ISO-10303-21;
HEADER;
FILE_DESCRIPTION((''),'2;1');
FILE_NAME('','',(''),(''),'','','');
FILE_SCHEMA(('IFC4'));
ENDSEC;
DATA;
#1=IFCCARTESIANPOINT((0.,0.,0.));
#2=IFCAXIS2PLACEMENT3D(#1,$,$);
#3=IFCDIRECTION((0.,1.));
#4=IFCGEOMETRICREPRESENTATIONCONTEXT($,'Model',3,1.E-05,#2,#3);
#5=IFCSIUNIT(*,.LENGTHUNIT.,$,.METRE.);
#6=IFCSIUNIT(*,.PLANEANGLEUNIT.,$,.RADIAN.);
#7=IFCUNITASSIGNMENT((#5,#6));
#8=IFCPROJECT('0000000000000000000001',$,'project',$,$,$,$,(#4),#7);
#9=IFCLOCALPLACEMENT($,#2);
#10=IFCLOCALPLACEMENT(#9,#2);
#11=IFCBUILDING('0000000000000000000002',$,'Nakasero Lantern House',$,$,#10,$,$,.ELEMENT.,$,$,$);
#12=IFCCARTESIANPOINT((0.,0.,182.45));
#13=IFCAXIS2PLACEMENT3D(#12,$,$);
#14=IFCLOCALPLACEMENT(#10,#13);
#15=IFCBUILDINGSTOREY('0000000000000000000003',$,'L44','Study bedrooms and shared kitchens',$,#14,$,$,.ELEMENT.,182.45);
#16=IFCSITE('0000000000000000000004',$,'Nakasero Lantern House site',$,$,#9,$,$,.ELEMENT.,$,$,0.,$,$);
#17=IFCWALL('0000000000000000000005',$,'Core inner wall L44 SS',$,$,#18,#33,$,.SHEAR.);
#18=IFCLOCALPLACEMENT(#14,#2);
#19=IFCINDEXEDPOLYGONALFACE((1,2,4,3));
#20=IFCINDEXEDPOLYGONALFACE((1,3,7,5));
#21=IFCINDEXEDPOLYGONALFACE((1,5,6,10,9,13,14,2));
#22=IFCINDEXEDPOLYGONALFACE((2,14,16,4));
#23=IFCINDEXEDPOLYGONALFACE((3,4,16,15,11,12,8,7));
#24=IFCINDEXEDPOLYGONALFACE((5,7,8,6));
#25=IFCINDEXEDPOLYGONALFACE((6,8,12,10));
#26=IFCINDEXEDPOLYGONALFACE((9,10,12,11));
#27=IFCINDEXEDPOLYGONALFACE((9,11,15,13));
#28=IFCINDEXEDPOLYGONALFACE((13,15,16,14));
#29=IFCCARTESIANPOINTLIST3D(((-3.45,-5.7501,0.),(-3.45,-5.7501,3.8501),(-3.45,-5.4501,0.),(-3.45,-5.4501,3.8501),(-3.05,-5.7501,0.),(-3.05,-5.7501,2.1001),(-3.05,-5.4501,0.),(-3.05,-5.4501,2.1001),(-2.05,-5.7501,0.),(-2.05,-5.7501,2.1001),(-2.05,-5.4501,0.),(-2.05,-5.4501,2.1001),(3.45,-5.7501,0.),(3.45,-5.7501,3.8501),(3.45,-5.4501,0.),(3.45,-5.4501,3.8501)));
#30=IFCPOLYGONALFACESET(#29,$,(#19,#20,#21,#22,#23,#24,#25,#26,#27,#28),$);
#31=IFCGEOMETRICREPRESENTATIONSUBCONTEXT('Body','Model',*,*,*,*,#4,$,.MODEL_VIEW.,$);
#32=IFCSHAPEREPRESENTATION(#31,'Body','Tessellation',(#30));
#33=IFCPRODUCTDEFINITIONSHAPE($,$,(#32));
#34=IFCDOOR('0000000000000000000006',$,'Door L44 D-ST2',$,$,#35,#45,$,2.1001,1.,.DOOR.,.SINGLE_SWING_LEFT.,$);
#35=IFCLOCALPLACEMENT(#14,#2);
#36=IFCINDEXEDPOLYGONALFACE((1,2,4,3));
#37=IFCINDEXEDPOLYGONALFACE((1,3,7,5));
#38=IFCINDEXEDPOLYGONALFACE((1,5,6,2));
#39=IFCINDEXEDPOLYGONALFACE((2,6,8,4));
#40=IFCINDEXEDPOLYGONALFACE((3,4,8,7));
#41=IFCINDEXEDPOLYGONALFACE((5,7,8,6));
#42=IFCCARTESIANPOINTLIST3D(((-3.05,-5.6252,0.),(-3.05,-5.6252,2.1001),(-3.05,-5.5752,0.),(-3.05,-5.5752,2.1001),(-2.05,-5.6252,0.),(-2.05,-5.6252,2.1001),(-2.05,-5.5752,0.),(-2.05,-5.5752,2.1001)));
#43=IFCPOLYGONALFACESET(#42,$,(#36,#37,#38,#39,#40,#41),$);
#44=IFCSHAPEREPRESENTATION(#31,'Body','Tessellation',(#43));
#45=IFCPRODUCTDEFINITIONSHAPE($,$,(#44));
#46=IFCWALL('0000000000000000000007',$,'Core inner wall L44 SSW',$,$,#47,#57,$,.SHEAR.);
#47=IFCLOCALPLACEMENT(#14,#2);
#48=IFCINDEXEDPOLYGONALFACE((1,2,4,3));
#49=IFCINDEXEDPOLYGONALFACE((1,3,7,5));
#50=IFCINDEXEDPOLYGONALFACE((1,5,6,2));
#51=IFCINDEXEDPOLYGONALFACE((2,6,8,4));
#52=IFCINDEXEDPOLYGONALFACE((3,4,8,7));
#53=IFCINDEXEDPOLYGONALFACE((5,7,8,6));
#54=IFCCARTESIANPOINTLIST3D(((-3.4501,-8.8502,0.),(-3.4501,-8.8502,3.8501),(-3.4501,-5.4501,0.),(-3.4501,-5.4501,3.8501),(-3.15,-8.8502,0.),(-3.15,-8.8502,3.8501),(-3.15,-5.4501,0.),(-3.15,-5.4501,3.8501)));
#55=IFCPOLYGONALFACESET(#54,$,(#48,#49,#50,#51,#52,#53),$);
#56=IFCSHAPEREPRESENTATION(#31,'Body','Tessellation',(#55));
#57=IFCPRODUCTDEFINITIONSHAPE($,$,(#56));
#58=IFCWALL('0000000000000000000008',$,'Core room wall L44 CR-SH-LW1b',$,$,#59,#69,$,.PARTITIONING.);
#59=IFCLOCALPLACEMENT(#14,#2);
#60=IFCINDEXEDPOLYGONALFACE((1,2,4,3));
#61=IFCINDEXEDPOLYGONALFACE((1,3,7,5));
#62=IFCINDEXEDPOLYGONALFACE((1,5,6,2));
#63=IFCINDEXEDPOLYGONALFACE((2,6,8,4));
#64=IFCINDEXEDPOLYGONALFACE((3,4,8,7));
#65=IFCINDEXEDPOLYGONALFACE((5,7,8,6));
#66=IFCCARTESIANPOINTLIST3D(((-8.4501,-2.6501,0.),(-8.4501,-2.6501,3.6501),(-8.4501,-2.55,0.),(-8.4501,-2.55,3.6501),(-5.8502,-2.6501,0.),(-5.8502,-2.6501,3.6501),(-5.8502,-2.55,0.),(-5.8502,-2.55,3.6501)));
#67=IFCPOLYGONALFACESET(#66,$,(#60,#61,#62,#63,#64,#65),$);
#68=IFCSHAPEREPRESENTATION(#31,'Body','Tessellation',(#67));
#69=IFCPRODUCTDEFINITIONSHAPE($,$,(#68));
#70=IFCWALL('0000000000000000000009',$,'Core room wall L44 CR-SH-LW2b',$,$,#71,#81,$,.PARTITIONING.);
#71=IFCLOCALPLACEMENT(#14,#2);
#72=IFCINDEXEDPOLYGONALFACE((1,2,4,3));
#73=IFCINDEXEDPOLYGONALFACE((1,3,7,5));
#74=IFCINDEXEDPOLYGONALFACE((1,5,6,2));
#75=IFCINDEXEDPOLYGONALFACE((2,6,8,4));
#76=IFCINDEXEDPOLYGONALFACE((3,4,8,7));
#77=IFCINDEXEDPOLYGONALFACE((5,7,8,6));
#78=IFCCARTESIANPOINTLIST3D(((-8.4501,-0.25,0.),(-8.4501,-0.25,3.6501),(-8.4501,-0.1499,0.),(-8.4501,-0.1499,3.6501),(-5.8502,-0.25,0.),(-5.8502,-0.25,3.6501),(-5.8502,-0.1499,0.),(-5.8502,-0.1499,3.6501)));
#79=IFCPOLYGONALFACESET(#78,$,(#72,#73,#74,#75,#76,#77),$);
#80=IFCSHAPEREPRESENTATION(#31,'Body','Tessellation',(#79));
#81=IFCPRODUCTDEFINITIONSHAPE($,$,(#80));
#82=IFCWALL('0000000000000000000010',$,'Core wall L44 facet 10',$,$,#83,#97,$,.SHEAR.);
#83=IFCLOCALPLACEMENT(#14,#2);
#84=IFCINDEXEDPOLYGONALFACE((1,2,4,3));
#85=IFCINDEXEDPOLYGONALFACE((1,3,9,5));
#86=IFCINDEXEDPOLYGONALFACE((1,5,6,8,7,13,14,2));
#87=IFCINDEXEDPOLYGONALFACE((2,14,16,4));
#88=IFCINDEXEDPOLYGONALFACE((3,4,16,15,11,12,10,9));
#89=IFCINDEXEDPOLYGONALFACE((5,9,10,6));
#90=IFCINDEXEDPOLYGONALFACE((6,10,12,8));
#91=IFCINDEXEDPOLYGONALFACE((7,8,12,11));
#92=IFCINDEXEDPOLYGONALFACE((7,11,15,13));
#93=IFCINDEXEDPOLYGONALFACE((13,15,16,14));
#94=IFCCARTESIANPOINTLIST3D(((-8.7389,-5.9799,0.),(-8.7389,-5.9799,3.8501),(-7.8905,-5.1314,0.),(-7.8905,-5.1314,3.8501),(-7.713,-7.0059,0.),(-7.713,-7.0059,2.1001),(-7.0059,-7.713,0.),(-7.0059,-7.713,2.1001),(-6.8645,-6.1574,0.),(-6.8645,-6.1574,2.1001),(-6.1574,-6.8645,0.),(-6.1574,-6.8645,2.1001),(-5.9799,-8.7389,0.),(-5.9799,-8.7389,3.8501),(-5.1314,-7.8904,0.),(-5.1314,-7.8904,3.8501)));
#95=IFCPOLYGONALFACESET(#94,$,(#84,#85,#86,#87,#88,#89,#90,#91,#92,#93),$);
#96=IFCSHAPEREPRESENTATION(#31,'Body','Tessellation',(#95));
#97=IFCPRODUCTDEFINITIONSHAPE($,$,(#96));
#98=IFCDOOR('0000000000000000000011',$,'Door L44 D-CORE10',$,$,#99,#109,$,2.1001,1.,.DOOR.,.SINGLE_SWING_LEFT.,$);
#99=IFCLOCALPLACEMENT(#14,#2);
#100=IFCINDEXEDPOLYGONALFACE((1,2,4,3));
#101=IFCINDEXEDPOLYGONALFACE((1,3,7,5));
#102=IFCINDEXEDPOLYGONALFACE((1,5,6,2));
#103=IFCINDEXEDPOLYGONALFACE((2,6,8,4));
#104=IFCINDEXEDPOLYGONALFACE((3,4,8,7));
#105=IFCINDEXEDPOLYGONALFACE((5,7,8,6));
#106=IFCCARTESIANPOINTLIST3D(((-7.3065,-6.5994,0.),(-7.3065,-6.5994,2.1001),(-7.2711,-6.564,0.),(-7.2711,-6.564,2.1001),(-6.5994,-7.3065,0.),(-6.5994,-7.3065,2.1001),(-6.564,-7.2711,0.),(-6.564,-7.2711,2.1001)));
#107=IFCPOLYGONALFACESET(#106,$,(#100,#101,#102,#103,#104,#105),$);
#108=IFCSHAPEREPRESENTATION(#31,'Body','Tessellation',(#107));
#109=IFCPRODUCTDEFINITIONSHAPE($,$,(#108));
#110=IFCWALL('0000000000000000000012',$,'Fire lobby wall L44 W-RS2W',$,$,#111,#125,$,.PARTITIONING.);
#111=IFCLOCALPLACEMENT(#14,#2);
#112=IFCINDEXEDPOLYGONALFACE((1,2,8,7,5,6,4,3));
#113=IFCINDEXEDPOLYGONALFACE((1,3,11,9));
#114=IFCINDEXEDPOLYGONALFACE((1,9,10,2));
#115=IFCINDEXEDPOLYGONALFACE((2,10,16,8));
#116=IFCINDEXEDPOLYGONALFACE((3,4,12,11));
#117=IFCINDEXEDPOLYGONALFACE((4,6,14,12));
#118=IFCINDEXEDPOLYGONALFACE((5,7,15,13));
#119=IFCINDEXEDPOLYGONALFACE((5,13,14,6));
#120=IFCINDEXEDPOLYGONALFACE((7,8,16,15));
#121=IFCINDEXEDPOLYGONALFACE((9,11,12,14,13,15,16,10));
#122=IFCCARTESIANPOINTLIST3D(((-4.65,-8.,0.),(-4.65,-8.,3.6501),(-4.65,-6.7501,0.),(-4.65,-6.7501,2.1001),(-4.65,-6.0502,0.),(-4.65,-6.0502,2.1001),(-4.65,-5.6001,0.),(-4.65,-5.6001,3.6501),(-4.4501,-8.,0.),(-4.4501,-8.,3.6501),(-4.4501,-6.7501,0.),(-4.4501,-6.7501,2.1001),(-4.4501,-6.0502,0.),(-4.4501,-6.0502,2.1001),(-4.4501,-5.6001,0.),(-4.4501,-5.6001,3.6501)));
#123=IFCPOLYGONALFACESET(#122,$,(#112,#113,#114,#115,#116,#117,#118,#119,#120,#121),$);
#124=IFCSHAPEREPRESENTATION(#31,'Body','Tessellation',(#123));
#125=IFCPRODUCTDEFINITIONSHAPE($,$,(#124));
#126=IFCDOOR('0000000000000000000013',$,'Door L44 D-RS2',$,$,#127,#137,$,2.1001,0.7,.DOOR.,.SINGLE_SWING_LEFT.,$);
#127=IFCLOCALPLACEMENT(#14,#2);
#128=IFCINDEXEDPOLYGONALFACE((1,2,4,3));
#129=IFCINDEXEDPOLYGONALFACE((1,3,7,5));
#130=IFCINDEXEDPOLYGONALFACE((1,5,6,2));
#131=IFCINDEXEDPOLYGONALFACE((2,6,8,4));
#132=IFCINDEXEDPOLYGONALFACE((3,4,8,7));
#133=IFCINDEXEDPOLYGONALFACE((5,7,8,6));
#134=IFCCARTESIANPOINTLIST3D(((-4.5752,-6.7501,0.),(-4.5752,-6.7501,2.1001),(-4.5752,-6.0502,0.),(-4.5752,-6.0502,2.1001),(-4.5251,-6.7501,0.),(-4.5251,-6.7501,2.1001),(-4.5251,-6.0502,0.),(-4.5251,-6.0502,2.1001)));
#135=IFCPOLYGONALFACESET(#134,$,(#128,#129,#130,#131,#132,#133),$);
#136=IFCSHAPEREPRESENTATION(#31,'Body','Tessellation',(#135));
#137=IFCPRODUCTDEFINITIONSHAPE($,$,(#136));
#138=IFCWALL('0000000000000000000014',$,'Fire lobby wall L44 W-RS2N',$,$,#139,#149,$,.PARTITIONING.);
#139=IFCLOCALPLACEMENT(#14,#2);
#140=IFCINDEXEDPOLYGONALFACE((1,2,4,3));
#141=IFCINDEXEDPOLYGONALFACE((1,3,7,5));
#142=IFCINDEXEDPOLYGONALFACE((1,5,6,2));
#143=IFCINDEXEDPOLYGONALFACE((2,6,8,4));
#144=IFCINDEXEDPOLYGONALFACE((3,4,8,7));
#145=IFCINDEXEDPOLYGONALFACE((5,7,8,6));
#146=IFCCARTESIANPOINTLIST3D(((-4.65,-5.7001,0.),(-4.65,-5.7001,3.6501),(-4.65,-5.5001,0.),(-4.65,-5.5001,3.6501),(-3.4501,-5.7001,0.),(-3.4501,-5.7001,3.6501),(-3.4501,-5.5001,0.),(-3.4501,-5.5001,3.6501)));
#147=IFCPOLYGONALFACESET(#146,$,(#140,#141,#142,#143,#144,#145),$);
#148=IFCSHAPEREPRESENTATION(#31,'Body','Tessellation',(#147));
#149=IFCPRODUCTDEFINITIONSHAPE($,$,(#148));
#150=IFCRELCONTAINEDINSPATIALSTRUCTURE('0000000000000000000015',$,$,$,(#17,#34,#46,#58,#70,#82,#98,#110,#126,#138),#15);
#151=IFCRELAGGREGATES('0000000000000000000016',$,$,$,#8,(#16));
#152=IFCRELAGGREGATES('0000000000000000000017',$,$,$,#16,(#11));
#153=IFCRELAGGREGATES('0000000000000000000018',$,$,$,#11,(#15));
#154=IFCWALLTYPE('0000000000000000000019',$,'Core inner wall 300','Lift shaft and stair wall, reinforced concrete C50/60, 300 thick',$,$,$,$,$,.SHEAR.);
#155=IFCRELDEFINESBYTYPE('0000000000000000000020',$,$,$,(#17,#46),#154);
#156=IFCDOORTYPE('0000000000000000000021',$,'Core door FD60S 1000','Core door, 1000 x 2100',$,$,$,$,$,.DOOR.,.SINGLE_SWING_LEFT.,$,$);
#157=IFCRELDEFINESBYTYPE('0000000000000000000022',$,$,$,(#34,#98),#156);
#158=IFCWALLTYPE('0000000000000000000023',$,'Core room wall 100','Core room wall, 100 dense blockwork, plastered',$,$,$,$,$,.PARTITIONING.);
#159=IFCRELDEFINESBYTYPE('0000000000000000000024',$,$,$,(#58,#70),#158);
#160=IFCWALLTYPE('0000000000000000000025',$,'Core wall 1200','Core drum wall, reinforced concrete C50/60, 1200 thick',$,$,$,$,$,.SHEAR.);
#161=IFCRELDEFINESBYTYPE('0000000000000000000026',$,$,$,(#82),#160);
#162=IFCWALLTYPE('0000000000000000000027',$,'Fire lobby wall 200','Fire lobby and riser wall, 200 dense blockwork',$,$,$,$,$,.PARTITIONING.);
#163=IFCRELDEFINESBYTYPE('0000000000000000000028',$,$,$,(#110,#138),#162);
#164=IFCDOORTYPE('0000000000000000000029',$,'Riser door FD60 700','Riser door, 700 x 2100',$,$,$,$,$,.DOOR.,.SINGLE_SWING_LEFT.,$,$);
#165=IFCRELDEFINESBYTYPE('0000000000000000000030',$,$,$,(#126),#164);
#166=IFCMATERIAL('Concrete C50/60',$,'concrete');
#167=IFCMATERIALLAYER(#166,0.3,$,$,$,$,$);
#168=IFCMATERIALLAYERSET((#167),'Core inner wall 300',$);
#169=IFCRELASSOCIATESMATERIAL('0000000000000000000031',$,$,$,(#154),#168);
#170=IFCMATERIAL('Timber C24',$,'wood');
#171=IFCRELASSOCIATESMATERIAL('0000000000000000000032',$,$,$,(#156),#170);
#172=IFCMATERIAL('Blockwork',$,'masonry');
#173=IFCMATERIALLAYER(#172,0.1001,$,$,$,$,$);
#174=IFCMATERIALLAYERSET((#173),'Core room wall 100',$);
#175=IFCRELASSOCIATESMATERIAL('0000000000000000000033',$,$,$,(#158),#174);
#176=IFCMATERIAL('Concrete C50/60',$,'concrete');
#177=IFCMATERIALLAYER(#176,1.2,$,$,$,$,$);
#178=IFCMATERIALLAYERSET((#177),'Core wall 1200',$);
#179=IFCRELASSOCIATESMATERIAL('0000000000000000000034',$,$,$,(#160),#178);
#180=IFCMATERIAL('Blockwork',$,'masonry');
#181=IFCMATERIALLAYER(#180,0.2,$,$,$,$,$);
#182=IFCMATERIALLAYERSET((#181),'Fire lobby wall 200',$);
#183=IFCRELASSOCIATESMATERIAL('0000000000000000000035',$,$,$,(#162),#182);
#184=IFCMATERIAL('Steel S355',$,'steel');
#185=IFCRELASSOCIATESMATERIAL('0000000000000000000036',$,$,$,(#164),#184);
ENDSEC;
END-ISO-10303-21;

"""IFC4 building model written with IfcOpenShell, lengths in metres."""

from ifc_helpers import new_model, si_unit, direction, frame, frame_2d, origin, place, context, subcontext, project, spatial, rectangle, extrude, material, layer, layer_set, type_object, element, fill, save


model = new_model("IFC4")

# Units and contexts
model_context = context("Model", 3, precision=1e-05, world=origin(), true_north=direction((0.0, 1.0)))
body_context = subcontext(model_context, "Body", "Model", "MODEL_VIEW")
ifc_project = project(units=[si_unit("LENGTHUNIT", "METRE"), si_unit("PLANEANGLEUNIT", "RADIAN")], contexts=[model_context])

# Site, building, storey
site_placement = place(None, origin())
site = spatial("IfcSite", under=ifc_project, at=site_placement, Name="Nakasero Lantern House site", CompositionType="ELEMENT", RefElevation=0.0)
building_placement = place(site_placement, origin())
building = spatial("IfcBuilding", under=site, at=building_placement, Name="Nakasero Lantern House", CompositionType="ELEMENT")
storey_placement = place(building_placement, frame((0.0, 0.0, 182.45)))
storey = spatial("IfcBuildingStorey", under=building, at=storey_placement, Name="L44", Description="Study bedrooms and shared kitchens", CompositionType="ELEMENT", Elevation=182.45)

# Shared definitions
ifc_material_1 = material(Name="Concrete C50/60", Category="concrete")
ifc_layer_1 = layer(ifc_material_1, 0.3)
ifc_layer_set_1 = layer_set([ifc_layer_1], Name="Core inner wall 300")
wall_type_1 = type_object("IfcWallType", Name="Core inner wall 300", Description="Lift shaft and stair wall, reinforced concrete C50/60, 300 thick", PredefinedType="SHEAR", material=ifc_layer_set_1)

# Wall, opening, door
wall_1_placement = place(storey_placement, frame((-3.45, -5.6001, 0.0), z_axis=(0.0, 0.0, 1.0), x_axis=(1.0, 0.0, 0.0)))
wall_1 = element("IfcWall", 1, at=wall_1_placement, inside=storey, type_object=wall_type_1, Name="Core inner wall L44 SS", PredefinedType="SHEAR", context=body_context, shape_type="SweptSolid", body=[
    extrude(rectangle(XDim=6.8999, YDim=0.3, at=frame_2d((3.45, 0.0))), origin(), (0.0, 0.0, 1.0), 3.8501),
])
opening_1_placement = place(wall_1_placement, frame((0.3999, 0.0, 0.0)))
opening_1 = element("IfcOpeningElement", 2, at=opening_1_placement, cuts=wall_1, PredefinedType="OPENING", context=body_context, shape_type="SweptSolid", body=[
    extrude(rectangle(XDim=1.0, YDim=2.1001, at=frame_2d((0.5, 1.05))), frame((0.0, 0.1699, 0.0), z_axis=(0.0, -1.0, 0.0), x_axis=(1.0, 0.0, 0.0)), (0.0, 0.0, 1.0), 0.3401),
])
ifc_material_2 = material(Name="Timber C24", Category="wood")
door_type_1 = type_object("IfcDoorType", Name="Core door FD60S 1000", Description="Core door, 1000 x 2100", OperationType="SINGLE_SWING_LEFT", PredefinedType="DOOR", material=ifc_material_2)
door_1_placement = place(opening_1_placement, origin())
door_1 = element("IfcDoor", 3, at=door_1_placement, inside=storey, type_object=door_type_1, Name="Door L44 D-ST2", OperationType="SINGLE_SWING_LEFT", OverallHeight=2.1001, OverallWidth=1.0, PredefinedType="DOOR", context=body_context, shape_type="SweptSolid", body=[
    extrude(rectangle(XDim=1.0, YDim=2.1001, at=frame_2d((0.5, 1.05))), frame((0.0, 0.0249, 0.0), z_axis=(0.0, -1.0, 0.0), x_axis=(1.0, 0.0, 0.0)), (0.0, 0.0, 1.0), 0.05),
])
fill(opening_1, door_1)

# Walls
wall_2_placement = place(storey_placement, frame((-3.3, -5.45, 0.0), z_axis=(0.0, 0.0, 1.0), x_axis=(0.0, -1.0, 0.0)))
element("IfcWall", 4, at=wall_2_placement, inside=storey, type_object=wall_type_1, Name="Core inner wall L44 SSW", PredefinedType="SHEAR", context=body_context, shape_type="SweptSolid", body=[
    extrude(rectangle(XDim=3.4001, YDim=0.3, at=frame_2d((1.7002, 0.0))), origin(), (0.0, 0.0, 1.0), 3.8501),
])
ifc_material_3 = material(Name="Blockwork", Category="masonry")
ifc_layer_2 = layer(ifc_material_3, 0.1001)
ifc_layer_set_2 = layer_set([ifc_layer_2], Name="Core room wall 100")
wall_type_2 = type_object("IfcWallType", Name="Core room wall 100", Description="Core room wall, 100 dense blockwork, plastered", PredefinedType="PARTITIONING", material=ifc_layer_set_2)
for number, where, z_axis, x_axis, name in (
    (5, (-8.45, -2.6001, 0.0), (0.0, 0.0, 1.0), (1.0, 0.0, 0.0), "Core room wall L44 CR-SH-LW1b"),
    (6, (-8.45, -0.2, 0.0), (0.0, 0.0, 1.0), (1.0, 0.0, 0.0), "Core room wall L44 CR-SH-LW2b"),
):
    element("IfcWall", number, at=place(storey_placement, frame(where, z_axis=z_axis, x_axis=x_axis)), inside=storey, type_object=wall_type_2, Name=name, PredefinedType="PARTITIONING", context=body_context, shape_type="SweptSolid", body=[
        extrude(rectangle(XDim=2.5999, YDim=0.1001, at=frame_2d((1.2998, 0.0))), origin(), (0.0, 0.0, 1.0), 3.6501),
    ])

# Walls, openings, doors
ifc_material_4 = material(Name="Concrete C50/60", Category="concrete")
ifc_layer_3 = layer(ifc_material_4, 1.2)
ifc_layer_set_3 = layer_set([ifc_layer_3], Name="Core wall 1200")
wall_type_3 = type_object("IfcWallType", Name="Core wall 1200", Description="Core drum wall, reinforced concrete C50/60, 1200 thick", PredefinedType="SHEAR", material=ifc_layer_set_3)
wall_3_placement = place(storey_placement, frame((-8.3147, -5.5557, 0.0), z_axis=(0.0, 0.0, 1.0), x_axis=(0.707107, -0.707107, 0.0)))
wall_3 = element("IfcWall", 7, at=wall_3_placement, inside=storey, type_object=wall_type_3, Name="Core wall L44 facet 10", PredefinedType="SHEAR", context=body_context, shape_type="SweptSolid", body=[
    extrude(rectangle(XDim=3.9019, YDim=1.2, at=frame_2d((1.9509, 0.0))), origin(), (0.0, 0.0, 1.0), 3.8501),
])
opening_2_placement = place(wall_3_placement, frame((1.4509, 0.0, 0.0)))
opening_2 = element("IfcOpeningElement", 8, at=opening_2_placement, cuts=wall_3, PredefinedType="OPENING", context=body_context, shape_type="SweptSolid", body=[
    extrude(rectangle(XDim=1.0, YDim=2.1001, at=frame_2d((0.5, 1.05))), frame((0.0, 0.6199, 0.0), z_axis=(0.0, -1.0, 0.0), x_axis=(1.0, 0.0, 0.0)), (0.0, 0.0, 1.0), 1.24),
])
door_2_placement = place(opening_2_placement, origin())
door_2 = element("IfcDoor", 9, at=door_2_placement, inside=storey, type_object=door_type_1, Name="Door L44 D-CORE10", OperationType="SINGLE_SWING_LEFT", OverallHeight=2.1001, OverallWidth=1.0, PredefinedType="DOOR", context=body_context, shape_type="SweptSolid", body=[
    extrude(rectangle(XDim=1.0, YDim=2.1001, at=frame_2d((0.5, 1.05))), frame((0.0, 0.0249, 0.0), z_axis=(0.0, -1.0, 0.0), x_axis=(1.0, 0.0, 0.0)), (0.0, 0.0, 1.0), 0.05),
])
fill(opening_2, door_2)
ifc_material_5 = material(Name="Blockwork", Category="masonry")
ifc_layer_4 = layer(ifc_material_5, 0.2)
ifc_layer_set_4 = layer_set([ifc_layer_4], Name="Fire lobby wall 200")
wall_type_4 = type_object("IfcWallType", Name="Fire lobby wall 200", Description="Fire lobby and riser wall, 200 dense blockwork", PredefinedType="PARTITIONING", material=ifc_layer_set_4)
wall_4_placement = place(storey_placement, frame((-4.55, -5.6001, 0.0), z_axis=(0.0, 0.0, 1.0), x_axis=(0.0, -1.0, 0.0)))
wall_4 = element("IfcWall", 10, at=wall_4_placement, inside=storey, type_object=wall_type_4, Name="Fire lobby wall L44 W-RS2W", PredefinedType="PARTITIONING", context=body_context, shape_type="SweptSolid", body=[
    extrude(rectangle(XDim=2.3999, YDim=0.2, at=frame_2d((1.2, 0.0))), origin(), (0.0, 0.0, 1.0), 3.6501),
])
opening_3_placement = place(wall_4_placement, frame((0.45, 0.0, 0.0)))
opening_3 = element("IfcOpeningElement", 11, at=opening_3_placement, cuts=wall_4, PredefinedType="OPENING", context=body_context, shape_type="SweptSolid", body=[
    extrude(rectangle(XDim=0.7, YDim=2.1001, at=frame_2d((0.3501, 1.05))), frame((0.0, 0.1199, 0.0), z_axis=(0.0, -1.0, 0.0), x_axis=(1.0, 0.0, 0.0)), (0.0, 0.0, 1.0), 0.24),
])
ifc_material_6 = material(Name="Steel S355", Category="steel")
door_type_2 = type_object("IfcDoorType", Name="Riser door FD60 700", Description="Riser door, 700 x 2100", OperationType="SINGLE_SWING_LEFT", PredefinedType="DOOR", material=ifc_material_6)
door_3_placement = place(opening_3_placement, origin())
door_3 = element("IfcDoor", 12, at=door_3_placement, inside=storey, type_object=door_type_2, Name="Door L44 D-RS2", OperationType="SINGLE_SWING_LEFT", OverallHeight=2.1001, OverallWidth=0.7, PredefinedType="DOOR", context=body_context, shape_type="SweptSolid", body=[
    extrude(rectangle(XDim=0.7, YDim=2.1001, at=frame_2d((0.3501, 1.05))), frame((0.0, 0.0249, 0.0), z_axis=(0.0, -1.0, 0.0), x_axis=(1.0, 0.0, 0.0)), (0.0, 0.0, 1.0), 0.05),
])
fill(opening_3, door_3)

# Wall
wall_5_placement = place(storey_placement, frame((-3.45, -5.6001, 0.0), z_axis=(0.0, 0.0, 1.0), x_axis=(-1.0, 0.0, 0.0)))
element("IfcWall", 13, at=wall_5_placement, inside=storey, type_object=wall_type_4, Name="Fire lobby wall L44 W-RS2N", PredefinedType="PARTITIONING", context=body_context, shape_type="SweptSolid", body=[
    extrude(rectangle(XDim=1.2, YDim=0.2, at=frame_2d((0.6001, 0.0))), origin(), (0.0, 0.0, 1.0), 3.6501),
])

save(model, "model.ifc")
